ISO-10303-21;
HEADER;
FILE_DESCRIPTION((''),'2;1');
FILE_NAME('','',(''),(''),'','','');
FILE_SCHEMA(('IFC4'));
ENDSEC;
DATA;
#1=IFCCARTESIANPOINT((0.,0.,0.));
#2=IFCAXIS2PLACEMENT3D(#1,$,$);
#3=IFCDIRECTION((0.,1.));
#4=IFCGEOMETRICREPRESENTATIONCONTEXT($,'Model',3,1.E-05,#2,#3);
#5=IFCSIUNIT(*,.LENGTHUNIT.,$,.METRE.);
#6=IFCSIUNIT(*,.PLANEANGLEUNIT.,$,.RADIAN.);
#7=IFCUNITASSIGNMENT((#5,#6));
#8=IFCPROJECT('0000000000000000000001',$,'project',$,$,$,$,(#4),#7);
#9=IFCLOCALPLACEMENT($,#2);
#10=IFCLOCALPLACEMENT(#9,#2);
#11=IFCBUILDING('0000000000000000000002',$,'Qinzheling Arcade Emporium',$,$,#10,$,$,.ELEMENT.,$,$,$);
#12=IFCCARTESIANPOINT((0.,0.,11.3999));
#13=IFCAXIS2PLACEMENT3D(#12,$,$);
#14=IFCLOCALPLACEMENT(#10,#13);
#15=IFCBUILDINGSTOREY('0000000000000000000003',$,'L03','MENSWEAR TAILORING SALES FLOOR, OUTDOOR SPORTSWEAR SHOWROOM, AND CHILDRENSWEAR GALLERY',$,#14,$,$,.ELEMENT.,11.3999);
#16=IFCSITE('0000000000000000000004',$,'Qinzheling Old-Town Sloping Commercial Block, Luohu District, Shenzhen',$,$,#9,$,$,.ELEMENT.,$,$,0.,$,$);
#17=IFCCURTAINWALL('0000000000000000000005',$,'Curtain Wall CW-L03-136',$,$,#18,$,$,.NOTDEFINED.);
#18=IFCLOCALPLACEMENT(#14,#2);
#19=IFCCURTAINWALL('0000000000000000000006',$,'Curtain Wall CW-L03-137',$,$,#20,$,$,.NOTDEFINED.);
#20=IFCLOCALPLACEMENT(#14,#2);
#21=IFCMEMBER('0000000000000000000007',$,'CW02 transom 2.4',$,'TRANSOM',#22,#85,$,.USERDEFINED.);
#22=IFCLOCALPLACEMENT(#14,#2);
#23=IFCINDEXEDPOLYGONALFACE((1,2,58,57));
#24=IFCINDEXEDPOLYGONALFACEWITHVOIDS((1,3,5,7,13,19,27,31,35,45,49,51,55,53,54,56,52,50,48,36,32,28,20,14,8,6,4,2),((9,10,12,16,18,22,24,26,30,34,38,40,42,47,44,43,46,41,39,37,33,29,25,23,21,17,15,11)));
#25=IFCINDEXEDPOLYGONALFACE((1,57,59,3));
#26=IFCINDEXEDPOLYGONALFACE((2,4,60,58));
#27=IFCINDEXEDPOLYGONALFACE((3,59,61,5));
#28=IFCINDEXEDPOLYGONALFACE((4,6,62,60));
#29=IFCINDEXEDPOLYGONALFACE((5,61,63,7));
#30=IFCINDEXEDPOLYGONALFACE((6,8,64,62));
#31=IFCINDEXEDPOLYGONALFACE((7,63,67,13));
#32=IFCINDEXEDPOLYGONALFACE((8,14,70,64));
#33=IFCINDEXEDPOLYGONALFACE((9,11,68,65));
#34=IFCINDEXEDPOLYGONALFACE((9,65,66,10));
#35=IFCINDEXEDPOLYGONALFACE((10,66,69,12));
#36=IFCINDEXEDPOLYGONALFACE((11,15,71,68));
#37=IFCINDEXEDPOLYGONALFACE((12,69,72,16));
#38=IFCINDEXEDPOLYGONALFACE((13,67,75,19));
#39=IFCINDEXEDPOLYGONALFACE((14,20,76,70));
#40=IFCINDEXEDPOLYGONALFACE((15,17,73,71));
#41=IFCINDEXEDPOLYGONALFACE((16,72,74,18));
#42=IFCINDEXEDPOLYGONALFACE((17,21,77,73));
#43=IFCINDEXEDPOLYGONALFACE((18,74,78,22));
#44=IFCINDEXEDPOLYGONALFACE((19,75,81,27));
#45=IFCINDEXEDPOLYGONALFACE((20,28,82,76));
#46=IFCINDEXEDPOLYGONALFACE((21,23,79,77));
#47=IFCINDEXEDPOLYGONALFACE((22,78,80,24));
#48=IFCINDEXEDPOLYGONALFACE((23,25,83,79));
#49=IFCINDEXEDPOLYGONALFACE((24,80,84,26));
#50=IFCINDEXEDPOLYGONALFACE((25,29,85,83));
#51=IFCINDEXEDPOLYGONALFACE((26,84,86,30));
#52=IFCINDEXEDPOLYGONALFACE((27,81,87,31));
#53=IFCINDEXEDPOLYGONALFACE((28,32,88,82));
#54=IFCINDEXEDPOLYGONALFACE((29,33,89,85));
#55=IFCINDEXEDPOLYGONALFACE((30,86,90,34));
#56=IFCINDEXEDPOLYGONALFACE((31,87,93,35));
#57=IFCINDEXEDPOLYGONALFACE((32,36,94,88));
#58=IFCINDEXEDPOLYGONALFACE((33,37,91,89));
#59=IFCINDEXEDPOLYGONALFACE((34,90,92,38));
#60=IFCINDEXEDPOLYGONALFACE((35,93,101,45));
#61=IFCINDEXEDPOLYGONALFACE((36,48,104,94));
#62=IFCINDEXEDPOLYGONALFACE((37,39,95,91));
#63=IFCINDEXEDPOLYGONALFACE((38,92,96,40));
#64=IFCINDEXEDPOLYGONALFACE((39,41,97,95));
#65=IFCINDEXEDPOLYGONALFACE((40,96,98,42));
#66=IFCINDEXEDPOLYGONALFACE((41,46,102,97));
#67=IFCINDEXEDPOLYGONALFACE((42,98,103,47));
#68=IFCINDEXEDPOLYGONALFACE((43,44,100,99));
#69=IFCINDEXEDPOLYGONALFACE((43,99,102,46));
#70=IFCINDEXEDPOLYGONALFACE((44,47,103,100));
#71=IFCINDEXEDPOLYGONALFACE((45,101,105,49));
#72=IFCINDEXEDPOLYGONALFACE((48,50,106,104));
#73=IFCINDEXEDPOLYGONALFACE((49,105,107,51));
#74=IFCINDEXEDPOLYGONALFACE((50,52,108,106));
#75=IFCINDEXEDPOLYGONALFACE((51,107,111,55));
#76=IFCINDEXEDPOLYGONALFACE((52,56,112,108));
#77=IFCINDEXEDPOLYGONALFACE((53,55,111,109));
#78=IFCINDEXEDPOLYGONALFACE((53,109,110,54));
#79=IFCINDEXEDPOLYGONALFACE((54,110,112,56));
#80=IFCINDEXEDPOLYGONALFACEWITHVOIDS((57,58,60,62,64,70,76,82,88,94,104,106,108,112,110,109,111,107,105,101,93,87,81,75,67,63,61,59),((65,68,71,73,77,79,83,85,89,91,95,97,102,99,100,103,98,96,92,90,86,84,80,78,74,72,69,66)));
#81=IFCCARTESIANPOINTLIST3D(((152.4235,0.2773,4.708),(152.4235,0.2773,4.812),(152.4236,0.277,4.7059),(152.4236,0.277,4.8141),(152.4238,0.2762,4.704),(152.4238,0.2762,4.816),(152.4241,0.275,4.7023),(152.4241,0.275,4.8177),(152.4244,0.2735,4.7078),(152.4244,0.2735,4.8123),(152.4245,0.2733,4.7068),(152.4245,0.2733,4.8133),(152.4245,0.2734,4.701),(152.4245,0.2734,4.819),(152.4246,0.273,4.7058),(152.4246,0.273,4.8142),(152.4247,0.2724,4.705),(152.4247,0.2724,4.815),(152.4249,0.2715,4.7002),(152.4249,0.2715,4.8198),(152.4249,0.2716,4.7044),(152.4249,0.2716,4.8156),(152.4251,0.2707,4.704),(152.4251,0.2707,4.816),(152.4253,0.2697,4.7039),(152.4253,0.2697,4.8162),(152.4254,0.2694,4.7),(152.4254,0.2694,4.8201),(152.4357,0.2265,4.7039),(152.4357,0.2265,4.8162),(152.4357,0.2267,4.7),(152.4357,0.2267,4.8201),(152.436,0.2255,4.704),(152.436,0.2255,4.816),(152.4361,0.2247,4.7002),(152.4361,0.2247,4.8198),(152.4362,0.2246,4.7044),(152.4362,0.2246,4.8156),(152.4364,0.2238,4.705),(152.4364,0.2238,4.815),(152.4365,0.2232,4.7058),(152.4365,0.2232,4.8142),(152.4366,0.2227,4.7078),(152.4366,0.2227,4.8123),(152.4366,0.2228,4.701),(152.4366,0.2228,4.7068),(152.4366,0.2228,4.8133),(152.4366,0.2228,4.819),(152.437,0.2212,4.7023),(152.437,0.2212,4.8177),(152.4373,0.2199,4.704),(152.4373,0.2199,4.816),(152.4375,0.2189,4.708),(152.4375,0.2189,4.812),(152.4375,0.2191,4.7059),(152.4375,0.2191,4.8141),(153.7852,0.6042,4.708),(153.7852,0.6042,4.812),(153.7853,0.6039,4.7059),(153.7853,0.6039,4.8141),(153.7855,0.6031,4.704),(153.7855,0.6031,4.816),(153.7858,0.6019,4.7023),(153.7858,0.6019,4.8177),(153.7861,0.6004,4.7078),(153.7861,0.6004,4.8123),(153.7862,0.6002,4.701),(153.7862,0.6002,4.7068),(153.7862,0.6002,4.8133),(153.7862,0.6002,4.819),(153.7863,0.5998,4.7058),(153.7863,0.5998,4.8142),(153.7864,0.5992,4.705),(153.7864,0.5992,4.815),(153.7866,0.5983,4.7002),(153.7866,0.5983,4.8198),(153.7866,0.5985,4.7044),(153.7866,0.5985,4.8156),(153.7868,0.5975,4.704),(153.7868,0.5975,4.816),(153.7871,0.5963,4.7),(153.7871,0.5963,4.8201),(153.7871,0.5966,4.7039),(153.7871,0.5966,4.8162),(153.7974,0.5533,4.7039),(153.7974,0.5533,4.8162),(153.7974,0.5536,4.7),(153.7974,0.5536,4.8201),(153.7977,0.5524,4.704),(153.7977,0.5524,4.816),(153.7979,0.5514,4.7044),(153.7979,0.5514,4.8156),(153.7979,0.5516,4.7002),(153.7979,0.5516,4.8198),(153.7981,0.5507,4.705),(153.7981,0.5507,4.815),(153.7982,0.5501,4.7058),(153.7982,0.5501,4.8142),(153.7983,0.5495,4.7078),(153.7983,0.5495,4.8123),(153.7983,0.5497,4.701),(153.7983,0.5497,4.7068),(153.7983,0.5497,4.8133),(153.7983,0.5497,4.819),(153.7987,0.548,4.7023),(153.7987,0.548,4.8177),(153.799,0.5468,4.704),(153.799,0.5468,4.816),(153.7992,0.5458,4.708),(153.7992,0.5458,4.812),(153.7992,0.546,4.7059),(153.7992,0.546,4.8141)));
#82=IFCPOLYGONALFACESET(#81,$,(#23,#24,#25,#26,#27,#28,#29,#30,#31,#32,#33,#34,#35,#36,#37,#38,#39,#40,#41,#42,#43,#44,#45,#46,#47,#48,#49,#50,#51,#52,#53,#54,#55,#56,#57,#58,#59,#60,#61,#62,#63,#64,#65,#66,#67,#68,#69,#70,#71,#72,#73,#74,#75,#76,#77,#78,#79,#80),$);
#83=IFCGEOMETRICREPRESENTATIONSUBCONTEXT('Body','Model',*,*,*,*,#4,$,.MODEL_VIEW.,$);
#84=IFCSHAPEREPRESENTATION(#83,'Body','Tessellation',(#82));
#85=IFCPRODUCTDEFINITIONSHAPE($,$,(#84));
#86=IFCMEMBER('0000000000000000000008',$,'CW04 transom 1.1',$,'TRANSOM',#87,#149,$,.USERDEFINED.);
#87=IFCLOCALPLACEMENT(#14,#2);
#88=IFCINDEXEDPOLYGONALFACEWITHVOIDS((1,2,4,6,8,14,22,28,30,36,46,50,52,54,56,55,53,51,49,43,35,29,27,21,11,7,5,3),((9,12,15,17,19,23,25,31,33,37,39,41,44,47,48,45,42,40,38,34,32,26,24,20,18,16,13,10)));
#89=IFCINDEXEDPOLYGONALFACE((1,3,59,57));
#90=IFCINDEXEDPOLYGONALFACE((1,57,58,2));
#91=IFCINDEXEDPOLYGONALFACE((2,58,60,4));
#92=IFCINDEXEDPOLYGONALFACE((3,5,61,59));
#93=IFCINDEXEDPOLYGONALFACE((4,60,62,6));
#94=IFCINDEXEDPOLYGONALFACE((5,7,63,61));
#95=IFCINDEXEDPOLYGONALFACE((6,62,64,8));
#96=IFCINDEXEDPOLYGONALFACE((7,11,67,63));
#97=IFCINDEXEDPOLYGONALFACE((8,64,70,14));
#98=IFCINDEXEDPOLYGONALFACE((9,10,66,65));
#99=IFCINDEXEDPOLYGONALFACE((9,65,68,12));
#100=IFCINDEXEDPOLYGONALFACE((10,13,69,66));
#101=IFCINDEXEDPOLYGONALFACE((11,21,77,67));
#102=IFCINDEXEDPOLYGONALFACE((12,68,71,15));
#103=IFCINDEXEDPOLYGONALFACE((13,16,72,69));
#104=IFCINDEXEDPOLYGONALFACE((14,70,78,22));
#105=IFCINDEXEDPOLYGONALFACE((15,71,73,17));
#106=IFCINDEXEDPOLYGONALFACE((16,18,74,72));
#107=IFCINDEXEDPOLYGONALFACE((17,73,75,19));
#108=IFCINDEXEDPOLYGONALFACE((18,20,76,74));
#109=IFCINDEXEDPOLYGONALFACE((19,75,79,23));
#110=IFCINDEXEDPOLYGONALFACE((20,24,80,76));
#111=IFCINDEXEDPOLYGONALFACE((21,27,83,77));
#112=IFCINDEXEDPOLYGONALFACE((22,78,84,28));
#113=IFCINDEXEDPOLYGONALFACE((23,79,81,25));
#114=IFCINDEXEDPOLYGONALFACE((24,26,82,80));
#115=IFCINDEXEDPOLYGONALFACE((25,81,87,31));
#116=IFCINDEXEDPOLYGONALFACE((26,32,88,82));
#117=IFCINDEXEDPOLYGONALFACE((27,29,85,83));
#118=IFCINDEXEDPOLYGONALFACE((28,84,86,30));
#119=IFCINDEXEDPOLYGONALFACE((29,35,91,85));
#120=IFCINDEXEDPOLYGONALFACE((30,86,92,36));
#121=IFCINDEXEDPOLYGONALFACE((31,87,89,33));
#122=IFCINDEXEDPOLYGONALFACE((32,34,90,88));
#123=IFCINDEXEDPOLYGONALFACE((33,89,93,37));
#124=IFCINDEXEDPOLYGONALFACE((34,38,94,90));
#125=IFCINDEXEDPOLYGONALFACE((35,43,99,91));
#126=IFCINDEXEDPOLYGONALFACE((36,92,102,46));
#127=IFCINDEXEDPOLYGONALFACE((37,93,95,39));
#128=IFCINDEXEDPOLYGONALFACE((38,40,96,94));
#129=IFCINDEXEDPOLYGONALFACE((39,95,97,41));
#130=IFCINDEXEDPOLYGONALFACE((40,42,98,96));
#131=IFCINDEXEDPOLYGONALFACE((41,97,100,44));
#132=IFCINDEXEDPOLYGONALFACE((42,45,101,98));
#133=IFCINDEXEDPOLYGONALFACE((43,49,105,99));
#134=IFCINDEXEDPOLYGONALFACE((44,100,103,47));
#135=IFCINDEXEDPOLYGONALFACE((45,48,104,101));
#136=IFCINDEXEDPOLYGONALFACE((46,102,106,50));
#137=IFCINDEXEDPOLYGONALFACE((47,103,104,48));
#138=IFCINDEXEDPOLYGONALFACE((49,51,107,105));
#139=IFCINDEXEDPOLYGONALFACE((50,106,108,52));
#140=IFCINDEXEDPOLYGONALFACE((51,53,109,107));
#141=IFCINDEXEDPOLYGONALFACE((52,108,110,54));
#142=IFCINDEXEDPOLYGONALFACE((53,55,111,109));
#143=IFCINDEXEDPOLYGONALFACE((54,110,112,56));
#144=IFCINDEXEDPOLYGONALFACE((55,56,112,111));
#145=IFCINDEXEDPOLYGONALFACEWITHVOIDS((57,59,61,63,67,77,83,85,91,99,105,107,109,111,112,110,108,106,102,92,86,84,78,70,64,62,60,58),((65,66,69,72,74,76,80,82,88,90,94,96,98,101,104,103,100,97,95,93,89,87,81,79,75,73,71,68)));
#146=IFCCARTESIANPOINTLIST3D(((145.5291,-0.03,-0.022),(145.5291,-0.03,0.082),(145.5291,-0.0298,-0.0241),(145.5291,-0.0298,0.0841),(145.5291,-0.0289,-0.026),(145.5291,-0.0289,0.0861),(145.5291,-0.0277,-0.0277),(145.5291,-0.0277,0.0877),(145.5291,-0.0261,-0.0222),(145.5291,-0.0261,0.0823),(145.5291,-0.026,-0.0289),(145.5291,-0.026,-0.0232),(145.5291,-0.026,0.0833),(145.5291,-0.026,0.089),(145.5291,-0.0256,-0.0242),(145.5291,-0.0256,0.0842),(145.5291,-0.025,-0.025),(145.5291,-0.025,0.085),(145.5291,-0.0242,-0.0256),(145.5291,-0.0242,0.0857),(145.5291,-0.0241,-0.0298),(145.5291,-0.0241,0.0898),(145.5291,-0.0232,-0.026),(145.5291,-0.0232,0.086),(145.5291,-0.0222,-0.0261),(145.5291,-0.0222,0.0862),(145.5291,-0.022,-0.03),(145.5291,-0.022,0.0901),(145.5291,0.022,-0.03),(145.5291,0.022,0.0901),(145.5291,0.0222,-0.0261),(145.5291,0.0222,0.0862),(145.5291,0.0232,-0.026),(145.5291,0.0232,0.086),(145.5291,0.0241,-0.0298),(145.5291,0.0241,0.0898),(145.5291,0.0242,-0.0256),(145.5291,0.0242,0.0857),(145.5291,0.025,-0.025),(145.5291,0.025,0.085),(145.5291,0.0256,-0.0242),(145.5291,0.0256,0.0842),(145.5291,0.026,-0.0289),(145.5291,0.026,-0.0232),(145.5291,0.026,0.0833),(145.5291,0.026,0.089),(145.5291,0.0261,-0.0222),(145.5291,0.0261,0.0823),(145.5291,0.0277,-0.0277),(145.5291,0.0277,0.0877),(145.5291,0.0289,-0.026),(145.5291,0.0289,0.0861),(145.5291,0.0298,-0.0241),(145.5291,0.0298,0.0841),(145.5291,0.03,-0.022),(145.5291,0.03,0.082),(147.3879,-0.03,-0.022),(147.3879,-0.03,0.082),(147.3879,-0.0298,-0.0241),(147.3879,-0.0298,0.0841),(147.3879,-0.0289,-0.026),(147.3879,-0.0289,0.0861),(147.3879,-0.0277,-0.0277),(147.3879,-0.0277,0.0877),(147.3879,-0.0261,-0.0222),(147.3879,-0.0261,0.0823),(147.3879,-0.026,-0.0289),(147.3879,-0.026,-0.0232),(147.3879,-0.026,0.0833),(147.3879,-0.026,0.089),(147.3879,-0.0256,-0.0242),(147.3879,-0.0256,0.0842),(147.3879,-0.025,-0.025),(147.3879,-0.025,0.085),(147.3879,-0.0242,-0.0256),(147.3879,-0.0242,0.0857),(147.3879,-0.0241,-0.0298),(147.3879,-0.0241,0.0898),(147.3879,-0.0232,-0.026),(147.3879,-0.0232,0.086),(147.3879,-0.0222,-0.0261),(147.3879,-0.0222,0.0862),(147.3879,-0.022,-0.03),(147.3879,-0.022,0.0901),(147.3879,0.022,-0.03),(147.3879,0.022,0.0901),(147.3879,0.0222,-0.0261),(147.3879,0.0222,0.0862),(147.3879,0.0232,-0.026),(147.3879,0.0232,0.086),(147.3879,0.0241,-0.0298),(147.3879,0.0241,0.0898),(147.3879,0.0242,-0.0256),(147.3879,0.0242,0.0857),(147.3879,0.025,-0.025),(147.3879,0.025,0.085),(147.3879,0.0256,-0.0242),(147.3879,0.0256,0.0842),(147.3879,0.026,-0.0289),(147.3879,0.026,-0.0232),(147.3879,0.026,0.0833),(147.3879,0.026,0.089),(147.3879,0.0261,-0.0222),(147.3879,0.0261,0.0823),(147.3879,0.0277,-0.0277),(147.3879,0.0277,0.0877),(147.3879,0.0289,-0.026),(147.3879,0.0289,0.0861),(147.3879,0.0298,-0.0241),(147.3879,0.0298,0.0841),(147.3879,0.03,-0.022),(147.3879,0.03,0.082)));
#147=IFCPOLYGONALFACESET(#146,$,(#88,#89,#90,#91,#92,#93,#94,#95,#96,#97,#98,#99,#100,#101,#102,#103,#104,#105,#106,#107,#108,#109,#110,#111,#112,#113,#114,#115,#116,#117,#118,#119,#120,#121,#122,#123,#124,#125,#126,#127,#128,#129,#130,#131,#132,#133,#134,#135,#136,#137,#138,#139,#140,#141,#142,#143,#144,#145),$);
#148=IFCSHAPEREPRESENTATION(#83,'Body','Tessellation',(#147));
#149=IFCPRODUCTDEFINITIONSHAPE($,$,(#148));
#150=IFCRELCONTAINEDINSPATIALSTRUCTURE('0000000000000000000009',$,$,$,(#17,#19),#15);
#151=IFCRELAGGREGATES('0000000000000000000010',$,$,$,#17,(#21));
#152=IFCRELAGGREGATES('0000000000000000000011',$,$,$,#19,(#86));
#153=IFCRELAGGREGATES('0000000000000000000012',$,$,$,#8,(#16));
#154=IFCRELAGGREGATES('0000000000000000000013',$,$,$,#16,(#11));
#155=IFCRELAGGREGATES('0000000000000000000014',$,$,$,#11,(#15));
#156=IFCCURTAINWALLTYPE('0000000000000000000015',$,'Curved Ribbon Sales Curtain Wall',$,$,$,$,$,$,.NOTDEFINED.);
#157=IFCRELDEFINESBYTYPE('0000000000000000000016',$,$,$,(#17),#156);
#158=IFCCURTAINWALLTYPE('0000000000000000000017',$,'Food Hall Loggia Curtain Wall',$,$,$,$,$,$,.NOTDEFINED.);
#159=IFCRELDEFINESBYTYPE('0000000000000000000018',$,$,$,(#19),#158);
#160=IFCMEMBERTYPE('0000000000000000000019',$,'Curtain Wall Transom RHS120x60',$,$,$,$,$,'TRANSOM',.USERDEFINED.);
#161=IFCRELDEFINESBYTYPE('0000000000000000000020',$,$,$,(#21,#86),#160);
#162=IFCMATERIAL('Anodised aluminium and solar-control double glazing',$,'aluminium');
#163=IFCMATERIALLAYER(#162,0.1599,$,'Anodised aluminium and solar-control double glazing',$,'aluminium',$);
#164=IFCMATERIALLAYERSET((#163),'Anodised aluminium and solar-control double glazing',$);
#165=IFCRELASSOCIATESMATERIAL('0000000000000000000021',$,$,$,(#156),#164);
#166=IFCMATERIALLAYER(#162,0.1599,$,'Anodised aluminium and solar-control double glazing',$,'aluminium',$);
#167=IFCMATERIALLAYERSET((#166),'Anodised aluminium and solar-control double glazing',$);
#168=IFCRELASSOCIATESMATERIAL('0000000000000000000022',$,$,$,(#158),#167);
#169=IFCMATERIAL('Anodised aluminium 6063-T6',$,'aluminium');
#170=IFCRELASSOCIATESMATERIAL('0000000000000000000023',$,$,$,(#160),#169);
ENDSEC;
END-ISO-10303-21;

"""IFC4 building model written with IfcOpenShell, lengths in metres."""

from ifc_helpers import new_model, si_unit, direction, frame, origin, origin_2d, place, context, subcontext, project, spatial, hollow_rectangle, extrude, material, layer, layer_set, material_profile, profile_set, type_object, element, aggregate, save


model = new_model("IFC4")

# Units and contexts
model_context = context("Model", 3, precision=1e-05, world=origin(), true_north=direction((0.0, 1.0)))
body_context = subcontext(model_context, "Body", "Model", "MODEL_VIEW")
ifc_project = project(units=[si_unit("LENGTHUNIT", "METRE"), si_unit("PLANEANGLEUNIT", "RADIAN")], contexts=[model_context])

# Site, building, storey
site_placement = place(None, origin())
site = spatial("IfcSite", under=ifc_project, at=site_placement, Name="Qinzheling Old-Town Sloping Commercial Block, Luohu District, Shenzhen", CompositionType="ELEMENT", RefElevation=0.0)
building_placement = place(site_placement, origin())
building = spatial("IfcBuilding", under=site, at=building_placement, Name="Qinzheling Arcade Emporium", CompositionType="ELEMENT")
storey_placement = place(building_placement, frame((0.0, 0.0, 11.3999)))
storey = spatial("IfcBuildingStorey", under=building, at=storey_placement, Name="L03", Description="MENSWEAR TAILORING SALES FLOOR, OUTDOOR SPORTSWEAR SHOWROOM, AND CHILDRENSWEAR GALLERY", CompositionType="ELEMENT", Elevation=11.3999)

# Shared definitions
ifc_material_1 = material(Name="Anodised aluminium and solar-control double glazing", Category="aluminium")
ifc_layer_1 = layer(ifc_material_1, 0.1599, Name="Anodised aluminium and solar-control double glazing", Category="aluminium")
ifc_layer_set_1 = layer_set([ifc_layer_1], Name="Anodised aluminium and solar-control double glazing")
curtain_wall_type_1 = type_object("IfcCurtainWallType", Name="Curved Ribbon Sales Curtain Wall", PredefinedType="NOTDEFINED", material=ifc_layer_set_1)
ifc_material_2 = material(Name="Anodised aluminium 6063-T6", Category="aluminium")

# Curtain wall
curtain_wall_1_placement = place(storey_placement, origin())
curtain_wall_1 = element("IfcCurtainWall", 1, at=curtain_wall_1_placement, inside=storey, type_object=curtain_wall_type_1, Name="Curtain Wall CW-L03-136", PredefinedType="NOTDEFINED")

# Curtain wall
ifc_layer_2 = layer(ifc_material_1, 0.1599, Name="Anodised aluminium and solar-control double glazing", Category="aluminium")
ifc_layer_set_2 = layer_set([ifc_layer_2], Name="Anodised aluminium and solar-control double glazing")
curtain_wall_type_2 = type_object("IfcCurtainWallType", Name="Food Hall Loggia Curtain Wall", PredefinedType="NOTDEFINED", material=ifc_layer_set_2)
curtain_wall_2_placement = place(storey_placement, origin())
curtain_wall_2 = element("IfcCurtainWall", 2, at=curtain_wall_2_placement, inside=storey, type_object=curtain_wall_type_2, Name="Curtain Wall CW-L03-137", PredefinedType="NOTDEFINED")

# Members
ifc_material_profile_1 = material_profile(ifc_material_2, hollow_rectangle(XDim=0.0601, YDim=0.1201, WallThickness=0.0039, InnerFilletRadius=0.0039, OuterFilletRadius=0.0081, at=origin_2d()), Name="RHS 120x60x4", Category="aluminium")
ifc_profile_set_1 = profile_set([ifc_material_profile_1], Name="Anodised aluminium 6063-T6")
member_type_1 = type_object("IfcMemberType", Name="Curtain Wall Transom RHS120x60", ElementType="TRANSOM", PredefinedType="USERDEFINED", material=ifc_profile_set_1)
member_1_placement = place(storey_placement, frame((153.7922, 0.575, 4.76), z_axis=(-0.972376, -0.233419, 0.0), x_axis=(0.233419, -0.972376, 0.0)))
member_1 = element("IfcMember", 3, at=member_1_placement, type_object=member_type_1, Name="CW02 transom 2.4", ObjectType="TRANSOM", PredefinedType="USERDEFINED", context=body_context, shape_type="SweptSolid", body=[
    extrude(hollow_rectangle(XDim=0.0601, YDim=0.1201, WallThickness=0.0039, InnerFilletRadius=0.0039, OuterFilletRadius=0.0081, at=origin_2d()), origin(), (0.0, 0.0, 1.0), 1.4004),
])
member_2_placement = place(storey_placement, frame((147.3879, 0.0, 0.03), z_axis=(-1.0, 0.0, 0.0), x_axis=(0.0, -1.0, 0.0)))
member_2 = element("IfcMember", 4, at=member_2_placement, type_object=member_type_1, Name="CW04 transom 1.1", ObjectType="TRANSOM", PredefinedType="USERDEFINED", context=body_context, shape_type="SweptSolid", body=[
    extrude(hollow_rectangle(XDim=0.0601, YDim=0.1201, WallThickness=0.0039, InnerFilletRadius=0.0039, OuterFilletRadius=0.0081, at=origin_2d()), origin(), (0.0, 0.0, 1.0), 1.8589),
])

aggregate(curtain_wall_1, [member_1])
aggregate(curtain_wall_2, [member_2])

save(model, "model.ifc")
